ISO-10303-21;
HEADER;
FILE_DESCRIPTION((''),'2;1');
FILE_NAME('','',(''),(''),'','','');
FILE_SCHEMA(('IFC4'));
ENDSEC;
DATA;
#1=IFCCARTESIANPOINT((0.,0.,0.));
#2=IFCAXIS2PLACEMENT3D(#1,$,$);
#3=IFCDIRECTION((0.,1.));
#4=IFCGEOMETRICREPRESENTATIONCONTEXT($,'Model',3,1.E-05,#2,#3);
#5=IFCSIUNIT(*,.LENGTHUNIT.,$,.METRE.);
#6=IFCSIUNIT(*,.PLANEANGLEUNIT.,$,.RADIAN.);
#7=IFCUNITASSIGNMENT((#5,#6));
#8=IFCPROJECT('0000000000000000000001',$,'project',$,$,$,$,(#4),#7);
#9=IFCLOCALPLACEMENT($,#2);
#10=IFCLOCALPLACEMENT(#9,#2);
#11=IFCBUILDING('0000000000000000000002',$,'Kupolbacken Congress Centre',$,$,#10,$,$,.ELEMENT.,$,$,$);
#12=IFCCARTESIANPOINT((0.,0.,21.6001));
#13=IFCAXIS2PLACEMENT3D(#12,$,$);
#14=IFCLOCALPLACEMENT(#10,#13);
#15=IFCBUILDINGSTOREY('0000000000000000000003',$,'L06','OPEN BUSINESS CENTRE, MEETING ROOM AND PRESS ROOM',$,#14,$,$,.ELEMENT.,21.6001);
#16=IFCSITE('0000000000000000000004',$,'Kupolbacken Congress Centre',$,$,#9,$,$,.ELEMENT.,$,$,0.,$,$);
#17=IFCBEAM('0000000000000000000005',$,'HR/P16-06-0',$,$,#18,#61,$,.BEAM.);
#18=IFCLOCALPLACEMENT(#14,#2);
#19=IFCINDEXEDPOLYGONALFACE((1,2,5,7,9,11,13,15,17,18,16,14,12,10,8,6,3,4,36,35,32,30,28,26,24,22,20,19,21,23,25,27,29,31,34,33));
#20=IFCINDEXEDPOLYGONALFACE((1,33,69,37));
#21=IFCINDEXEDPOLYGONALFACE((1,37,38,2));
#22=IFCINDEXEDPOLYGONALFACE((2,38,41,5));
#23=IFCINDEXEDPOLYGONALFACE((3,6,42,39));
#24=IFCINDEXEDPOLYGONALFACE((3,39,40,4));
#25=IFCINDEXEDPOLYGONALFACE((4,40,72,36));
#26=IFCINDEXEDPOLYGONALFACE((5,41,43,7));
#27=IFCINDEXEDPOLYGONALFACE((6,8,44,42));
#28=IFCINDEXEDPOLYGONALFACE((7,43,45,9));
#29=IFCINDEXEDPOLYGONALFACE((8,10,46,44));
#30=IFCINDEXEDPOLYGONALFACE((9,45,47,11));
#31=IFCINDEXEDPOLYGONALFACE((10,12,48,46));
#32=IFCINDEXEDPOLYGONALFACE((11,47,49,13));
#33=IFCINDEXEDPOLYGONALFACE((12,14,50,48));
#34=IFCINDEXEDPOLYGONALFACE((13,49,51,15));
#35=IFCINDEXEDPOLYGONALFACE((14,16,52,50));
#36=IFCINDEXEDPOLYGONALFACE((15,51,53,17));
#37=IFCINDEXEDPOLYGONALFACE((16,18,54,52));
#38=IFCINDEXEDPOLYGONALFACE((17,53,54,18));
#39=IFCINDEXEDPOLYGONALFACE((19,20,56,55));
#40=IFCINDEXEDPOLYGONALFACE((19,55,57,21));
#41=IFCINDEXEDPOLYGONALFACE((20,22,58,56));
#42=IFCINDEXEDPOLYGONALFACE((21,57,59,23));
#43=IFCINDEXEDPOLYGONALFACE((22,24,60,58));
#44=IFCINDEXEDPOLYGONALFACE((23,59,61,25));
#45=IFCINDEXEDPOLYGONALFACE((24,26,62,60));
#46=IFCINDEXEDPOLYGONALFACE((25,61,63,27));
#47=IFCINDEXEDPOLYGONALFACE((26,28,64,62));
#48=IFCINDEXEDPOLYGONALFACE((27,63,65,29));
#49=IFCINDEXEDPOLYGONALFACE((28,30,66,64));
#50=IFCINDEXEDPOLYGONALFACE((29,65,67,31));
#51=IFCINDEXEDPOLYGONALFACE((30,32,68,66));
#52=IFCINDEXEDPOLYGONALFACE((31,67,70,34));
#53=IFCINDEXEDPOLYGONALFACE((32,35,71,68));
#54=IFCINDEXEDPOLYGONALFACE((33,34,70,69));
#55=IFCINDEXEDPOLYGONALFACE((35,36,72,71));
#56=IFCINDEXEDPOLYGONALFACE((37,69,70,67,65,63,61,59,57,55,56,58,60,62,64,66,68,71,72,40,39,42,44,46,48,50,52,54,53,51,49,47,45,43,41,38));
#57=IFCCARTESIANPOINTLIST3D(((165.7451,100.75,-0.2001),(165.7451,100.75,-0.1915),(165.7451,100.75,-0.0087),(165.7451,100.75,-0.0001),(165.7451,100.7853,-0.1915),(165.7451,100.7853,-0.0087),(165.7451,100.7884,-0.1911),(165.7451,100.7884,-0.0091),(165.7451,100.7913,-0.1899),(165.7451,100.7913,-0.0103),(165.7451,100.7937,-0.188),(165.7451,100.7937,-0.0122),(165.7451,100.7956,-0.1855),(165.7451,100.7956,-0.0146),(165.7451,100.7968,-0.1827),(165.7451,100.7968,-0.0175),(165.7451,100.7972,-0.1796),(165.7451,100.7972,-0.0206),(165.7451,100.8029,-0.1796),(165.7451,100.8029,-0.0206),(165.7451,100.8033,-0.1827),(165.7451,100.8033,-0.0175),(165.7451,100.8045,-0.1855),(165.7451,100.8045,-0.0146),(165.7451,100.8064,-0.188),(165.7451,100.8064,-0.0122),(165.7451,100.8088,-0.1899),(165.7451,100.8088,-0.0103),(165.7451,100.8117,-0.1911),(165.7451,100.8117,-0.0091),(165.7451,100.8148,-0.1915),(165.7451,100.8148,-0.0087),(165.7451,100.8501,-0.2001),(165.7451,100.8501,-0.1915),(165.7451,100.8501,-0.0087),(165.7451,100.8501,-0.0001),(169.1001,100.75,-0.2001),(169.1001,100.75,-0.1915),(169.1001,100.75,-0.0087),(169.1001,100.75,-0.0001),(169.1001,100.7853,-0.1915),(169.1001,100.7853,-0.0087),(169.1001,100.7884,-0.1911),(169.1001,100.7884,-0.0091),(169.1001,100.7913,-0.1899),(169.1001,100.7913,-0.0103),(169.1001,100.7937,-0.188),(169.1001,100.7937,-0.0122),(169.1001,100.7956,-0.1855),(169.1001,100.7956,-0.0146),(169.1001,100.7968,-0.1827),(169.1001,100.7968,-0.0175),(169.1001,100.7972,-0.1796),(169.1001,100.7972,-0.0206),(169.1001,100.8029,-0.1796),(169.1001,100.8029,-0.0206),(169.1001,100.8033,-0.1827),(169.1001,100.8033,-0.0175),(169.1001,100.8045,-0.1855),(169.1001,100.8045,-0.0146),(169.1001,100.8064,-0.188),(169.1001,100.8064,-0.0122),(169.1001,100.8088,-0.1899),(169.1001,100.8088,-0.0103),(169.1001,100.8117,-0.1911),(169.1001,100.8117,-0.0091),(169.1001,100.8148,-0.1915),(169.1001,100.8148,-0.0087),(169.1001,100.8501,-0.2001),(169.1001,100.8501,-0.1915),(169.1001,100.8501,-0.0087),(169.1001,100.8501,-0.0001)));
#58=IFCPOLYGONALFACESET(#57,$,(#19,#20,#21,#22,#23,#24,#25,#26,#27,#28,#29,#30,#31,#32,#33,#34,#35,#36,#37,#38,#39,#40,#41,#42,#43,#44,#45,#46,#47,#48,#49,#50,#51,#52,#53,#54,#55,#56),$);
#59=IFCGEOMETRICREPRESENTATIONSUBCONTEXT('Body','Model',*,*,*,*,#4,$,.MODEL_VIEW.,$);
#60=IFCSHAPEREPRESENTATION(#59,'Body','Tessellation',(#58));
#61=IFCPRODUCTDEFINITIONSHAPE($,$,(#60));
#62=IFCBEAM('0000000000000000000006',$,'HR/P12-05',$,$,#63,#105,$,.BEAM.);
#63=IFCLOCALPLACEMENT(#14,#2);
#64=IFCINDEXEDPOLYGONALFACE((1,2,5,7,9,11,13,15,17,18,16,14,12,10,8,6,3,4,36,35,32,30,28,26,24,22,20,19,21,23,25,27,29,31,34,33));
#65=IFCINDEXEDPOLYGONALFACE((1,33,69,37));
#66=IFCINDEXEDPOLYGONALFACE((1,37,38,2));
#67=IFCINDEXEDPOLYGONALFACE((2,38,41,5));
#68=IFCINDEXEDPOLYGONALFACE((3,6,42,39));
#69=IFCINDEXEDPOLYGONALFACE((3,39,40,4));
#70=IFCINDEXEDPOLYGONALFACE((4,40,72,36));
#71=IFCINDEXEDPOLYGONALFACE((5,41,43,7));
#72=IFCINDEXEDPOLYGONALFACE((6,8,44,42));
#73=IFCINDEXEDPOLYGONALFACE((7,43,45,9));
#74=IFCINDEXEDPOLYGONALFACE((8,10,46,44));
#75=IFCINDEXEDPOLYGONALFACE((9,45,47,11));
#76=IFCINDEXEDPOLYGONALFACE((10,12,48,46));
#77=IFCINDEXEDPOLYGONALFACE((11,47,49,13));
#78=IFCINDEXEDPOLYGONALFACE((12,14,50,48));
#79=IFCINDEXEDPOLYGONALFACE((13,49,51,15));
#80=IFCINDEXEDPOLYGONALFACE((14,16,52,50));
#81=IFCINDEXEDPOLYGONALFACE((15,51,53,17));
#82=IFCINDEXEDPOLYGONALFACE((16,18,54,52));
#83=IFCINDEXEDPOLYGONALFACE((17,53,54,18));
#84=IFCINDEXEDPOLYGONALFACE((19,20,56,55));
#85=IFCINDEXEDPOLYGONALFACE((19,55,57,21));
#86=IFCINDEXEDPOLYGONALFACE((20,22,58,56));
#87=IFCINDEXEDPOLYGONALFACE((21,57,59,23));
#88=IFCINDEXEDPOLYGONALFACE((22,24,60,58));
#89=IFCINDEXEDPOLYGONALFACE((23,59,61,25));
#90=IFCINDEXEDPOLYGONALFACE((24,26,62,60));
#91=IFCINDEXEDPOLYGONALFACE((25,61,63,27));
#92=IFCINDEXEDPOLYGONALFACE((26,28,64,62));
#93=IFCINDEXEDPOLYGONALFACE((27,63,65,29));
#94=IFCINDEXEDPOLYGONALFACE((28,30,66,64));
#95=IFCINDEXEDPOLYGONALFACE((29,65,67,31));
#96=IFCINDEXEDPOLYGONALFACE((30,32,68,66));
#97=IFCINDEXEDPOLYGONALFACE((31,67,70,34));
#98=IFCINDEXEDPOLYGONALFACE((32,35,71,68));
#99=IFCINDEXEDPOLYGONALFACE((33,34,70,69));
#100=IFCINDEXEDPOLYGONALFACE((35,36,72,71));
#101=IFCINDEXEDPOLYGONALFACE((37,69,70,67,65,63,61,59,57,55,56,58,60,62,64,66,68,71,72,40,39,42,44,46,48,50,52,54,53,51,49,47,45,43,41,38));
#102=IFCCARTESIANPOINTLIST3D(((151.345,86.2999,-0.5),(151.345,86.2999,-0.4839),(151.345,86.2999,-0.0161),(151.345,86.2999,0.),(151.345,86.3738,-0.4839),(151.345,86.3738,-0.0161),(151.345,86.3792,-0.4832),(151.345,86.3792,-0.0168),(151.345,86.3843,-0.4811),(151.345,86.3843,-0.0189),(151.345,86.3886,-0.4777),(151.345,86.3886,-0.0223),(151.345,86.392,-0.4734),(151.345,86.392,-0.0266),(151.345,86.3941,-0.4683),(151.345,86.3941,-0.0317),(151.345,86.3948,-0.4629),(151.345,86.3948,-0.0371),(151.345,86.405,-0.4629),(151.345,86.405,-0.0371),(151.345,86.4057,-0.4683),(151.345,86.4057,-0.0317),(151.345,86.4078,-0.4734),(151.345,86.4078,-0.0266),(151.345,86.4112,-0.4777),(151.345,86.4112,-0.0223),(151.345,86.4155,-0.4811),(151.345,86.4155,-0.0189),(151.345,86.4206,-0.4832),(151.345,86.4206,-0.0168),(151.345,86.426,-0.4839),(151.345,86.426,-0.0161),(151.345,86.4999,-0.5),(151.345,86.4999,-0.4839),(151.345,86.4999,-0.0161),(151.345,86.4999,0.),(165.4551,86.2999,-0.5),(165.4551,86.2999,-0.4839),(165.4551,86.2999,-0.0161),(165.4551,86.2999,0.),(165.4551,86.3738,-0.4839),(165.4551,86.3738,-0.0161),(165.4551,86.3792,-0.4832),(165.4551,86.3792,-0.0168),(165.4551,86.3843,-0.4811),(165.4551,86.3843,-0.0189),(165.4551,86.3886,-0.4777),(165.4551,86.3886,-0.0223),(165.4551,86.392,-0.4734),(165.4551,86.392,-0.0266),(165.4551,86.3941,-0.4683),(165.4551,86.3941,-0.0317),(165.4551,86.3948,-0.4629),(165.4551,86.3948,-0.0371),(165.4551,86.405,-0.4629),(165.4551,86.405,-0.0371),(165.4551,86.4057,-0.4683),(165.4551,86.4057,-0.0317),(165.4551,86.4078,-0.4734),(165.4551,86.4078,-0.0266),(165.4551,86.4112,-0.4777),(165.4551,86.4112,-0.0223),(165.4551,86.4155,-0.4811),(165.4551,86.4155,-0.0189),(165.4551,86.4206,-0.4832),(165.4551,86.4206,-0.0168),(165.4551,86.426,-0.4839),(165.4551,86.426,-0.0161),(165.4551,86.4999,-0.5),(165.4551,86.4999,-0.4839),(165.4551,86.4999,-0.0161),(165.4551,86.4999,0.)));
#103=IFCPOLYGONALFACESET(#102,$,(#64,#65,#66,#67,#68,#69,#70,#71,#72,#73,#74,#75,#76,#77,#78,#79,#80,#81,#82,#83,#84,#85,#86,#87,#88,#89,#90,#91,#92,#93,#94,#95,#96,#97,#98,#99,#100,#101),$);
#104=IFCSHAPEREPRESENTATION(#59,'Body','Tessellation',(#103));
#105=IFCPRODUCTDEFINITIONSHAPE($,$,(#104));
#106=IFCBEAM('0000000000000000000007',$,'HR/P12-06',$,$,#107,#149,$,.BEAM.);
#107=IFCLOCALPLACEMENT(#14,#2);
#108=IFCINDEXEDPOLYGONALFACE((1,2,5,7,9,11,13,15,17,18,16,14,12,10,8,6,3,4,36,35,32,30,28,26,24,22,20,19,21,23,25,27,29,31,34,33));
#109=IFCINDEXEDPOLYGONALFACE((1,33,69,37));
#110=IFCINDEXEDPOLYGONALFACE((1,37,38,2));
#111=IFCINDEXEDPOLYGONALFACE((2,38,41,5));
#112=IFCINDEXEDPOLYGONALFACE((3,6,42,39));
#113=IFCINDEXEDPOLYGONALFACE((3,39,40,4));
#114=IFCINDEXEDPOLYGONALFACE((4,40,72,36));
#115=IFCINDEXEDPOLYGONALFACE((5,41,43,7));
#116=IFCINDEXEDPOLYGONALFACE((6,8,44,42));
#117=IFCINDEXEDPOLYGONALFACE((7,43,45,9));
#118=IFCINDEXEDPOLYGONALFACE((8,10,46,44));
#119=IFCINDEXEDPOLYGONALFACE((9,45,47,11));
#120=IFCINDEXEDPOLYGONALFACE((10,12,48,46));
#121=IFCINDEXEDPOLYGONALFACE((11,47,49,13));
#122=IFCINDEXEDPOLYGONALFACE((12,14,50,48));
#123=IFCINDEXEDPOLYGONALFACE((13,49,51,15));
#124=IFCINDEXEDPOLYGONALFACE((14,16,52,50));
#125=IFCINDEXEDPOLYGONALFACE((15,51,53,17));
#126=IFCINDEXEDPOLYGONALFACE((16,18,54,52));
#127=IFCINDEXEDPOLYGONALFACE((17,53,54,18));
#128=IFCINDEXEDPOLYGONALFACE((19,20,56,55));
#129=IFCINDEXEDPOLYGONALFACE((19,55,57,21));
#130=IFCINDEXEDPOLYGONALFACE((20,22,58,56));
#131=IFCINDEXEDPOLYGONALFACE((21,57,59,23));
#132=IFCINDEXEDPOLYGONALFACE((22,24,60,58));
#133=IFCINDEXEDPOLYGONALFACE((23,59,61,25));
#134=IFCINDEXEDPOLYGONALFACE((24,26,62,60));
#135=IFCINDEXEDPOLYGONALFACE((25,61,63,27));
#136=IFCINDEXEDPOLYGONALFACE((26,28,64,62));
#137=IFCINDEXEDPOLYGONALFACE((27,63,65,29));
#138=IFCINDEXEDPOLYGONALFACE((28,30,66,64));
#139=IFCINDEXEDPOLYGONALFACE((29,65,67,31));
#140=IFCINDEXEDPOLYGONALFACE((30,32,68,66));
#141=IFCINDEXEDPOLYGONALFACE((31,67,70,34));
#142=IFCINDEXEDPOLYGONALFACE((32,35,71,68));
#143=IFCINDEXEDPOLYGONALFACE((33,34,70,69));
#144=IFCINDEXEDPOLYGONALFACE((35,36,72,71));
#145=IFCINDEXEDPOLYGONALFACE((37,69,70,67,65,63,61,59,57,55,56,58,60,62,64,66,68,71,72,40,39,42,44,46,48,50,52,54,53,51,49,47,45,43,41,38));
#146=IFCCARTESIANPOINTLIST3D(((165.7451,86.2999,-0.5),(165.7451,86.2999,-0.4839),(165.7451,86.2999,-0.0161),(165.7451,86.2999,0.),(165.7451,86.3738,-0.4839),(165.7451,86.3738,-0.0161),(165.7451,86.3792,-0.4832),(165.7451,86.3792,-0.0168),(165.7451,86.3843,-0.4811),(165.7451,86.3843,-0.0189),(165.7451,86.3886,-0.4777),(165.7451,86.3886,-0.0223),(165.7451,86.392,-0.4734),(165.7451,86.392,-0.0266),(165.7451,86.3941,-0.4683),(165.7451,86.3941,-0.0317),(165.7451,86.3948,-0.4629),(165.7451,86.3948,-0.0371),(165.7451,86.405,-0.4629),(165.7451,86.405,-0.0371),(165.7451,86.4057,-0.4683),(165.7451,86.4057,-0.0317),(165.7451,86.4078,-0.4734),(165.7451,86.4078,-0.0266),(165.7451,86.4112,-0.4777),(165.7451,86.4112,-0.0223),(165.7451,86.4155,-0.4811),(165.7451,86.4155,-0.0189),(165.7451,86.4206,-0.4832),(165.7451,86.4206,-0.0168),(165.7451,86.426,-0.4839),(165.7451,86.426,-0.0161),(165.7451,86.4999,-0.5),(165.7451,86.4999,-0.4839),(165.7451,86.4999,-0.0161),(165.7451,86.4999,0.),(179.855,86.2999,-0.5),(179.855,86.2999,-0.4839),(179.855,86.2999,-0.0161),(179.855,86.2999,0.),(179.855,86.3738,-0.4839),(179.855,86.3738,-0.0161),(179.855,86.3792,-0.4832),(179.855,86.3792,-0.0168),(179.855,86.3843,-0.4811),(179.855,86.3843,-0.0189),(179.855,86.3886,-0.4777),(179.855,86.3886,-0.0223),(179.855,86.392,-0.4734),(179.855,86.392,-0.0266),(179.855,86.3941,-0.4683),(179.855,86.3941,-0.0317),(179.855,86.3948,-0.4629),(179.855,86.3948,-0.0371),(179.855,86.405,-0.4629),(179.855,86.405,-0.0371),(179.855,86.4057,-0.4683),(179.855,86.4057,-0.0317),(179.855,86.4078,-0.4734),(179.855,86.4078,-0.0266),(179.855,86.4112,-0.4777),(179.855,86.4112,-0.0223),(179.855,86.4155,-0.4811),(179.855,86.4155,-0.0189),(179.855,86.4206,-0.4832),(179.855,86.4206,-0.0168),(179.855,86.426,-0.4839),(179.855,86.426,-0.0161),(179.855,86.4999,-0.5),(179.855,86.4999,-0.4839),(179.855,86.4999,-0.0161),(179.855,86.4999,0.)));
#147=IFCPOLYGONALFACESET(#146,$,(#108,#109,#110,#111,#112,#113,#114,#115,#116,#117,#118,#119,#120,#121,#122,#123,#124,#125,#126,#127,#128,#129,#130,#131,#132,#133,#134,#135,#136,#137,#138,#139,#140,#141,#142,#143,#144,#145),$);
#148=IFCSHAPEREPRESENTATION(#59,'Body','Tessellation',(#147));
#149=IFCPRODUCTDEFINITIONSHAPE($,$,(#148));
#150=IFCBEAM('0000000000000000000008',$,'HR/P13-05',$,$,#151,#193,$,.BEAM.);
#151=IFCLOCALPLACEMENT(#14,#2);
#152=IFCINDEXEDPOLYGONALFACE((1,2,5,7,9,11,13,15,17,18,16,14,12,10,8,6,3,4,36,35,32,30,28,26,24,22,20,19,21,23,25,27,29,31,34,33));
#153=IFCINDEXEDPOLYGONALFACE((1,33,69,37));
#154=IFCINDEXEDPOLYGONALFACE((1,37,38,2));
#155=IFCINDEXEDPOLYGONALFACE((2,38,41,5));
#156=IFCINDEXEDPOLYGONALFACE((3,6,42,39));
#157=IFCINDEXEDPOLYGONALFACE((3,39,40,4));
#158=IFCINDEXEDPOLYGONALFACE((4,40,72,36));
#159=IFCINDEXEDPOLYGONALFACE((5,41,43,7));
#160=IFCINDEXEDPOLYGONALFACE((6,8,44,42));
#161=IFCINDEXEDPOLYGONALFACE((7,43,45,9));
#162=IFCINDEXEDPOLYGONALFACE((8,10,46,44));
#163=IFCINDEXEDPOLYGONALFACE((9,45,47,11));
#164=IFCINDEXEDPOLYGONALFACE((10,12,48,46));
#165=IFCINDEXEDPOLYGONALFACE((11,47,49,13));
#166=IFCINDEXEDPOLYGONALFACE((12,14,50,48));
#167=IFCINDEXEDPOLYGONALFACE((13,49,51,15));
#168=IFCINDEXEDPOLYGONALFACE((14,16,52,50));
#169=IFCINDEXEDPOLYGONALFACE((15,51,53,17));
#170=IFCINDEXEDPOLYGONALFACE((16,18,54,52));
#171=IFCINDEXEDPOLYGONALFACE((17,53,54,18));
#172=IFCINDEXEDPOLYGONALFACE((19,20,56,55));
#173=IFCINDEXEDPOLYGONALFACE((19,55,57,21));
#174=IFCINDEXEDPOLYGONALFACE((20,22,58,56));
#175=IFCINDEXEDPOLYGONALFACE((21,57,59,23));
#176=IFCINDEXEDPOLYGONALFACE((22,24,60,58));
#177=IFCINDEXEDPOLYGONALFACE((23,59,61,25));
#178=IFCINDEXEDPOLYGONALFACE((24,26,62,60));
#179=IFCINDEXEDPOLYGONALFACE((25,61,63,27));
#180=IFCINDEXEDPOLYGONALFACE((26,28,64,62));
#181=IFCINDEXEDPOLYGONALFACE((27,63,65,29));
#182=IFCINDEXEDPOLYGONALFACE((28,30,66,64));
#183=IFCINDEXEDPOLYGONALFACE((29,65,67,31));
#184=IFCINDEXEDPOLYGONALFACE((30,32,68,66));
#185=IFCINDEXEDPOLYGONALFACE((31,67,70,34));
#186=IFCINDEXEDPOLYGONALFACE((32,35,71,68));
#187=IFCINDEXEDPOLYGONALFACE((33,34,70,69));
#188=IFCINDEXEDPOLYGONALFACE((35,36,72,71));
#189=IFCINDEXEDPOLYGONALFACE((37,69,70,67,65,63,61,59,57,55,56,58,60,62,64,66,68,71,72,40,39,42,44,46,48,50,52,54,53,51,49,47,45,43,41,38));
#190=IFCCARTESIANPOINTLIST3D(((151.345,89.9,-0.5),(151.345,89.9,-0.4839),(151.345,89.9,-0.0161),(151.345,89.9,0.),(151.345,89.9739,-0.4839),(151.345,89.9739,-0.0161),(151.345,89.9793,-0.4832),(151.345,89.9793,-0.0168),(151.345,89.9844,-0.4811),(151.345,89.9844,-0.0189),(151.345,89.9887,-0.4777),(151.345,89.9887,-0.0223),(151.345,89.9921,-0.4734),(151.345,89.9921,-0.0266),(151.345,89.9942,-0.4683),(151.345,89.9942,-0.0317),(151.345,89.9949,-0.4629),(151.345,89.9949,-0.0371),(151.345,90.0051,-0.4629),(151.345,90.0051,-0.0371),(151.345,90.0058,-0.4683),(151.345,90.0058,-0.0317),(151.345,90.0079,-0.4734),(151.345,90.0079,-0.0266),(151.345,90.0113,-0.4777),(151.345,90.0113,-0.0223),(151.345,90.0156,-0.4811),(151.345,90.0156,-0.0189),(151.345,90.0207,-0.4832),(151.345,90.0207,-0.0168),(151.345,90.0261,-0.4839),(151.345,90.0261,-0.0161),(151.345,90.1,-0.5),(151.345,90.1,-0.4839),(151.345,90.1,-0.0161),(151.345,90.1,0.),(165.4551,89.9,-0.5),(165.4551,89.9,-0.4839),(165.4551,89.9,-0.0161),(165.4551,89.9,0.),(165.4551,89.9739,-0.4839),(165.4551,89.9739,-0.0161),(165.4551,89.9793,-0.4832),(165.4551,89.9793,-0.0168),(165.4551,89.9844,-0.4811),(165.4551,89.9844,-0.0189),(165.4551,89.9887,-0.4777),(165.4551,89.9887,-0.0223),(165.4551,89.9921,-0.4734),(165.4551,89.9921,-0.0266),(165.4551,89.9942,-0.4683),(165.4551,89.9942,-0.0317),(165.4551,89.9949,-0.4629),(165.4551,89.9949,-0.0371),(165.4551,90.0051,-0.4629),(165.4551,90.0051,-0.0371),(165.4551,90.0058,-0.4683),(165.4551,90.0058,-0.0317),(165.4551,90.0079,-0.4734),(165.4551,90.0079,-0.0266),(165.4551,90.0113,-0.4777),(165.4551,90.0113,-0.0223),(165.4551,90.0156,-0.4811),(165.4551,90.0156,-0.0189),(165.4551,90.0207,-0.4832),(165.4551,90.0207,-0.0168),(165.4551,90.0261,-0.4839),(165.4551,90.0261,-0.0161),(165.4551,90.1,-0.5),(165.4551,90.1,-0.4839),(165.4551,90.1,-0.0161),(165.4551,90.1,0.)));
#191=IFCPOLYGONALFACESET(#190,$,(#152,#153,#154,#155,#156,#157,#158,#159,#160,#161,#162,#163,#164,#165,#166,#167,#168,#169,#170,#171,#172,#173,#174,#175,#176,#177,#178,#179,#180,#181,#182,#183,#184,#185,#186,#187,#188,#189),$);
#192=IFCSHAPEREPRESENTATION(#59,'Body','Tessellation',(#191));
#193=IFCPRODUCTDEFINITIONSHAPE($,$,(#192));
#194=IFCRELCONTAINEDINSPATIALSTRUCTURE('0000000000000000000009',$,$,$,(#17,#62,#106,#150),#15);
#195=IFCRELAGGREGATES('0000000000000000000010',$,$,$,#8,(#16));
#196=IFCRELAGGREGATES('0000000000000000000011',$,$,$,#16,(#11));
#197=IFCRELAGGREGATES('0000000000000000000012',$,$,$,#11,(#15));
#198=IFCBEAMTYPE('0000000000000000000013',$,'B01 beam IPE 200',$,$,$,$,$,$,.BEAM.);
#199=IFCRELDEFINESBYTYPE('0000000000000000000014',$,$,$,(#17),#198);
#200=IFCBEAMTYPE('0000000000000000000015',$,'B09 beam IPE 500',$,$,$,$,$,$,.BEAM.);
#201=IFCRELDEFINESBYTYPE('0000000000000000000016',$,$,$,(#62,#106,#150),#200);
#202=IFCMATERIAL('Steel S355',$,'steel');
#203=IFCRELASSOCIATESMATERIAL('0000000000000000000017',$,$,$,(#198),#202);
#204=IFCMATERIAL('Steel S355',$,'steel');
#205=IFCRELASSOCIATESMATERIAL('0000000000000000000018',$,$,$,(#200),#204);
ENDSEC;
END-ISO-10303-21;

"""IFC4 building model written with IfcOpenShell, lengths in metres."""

from ifc_helpers import new_model, si_unit, direction, frame, origin, origin_2d, place, context, subcontext, project, spatial, i_section, extrude, material, material_profile, profile_set, type_object, element, save


model = new_model("IFC4")

# Units and contexts
model_context = context("Model", 3, precision=1e-05, world=origin(), true_north=direction((0.0, 1.0)))
body_context = subcontext(model_context, "Body", "Model", "MODEL_VIEW")
ifc_project = project(units=[si_unit("LENGTHUNIT", "METRE"), si_unit("PLANEANGLEUNIT", "RADIAN")], contexts=[model_context])

# Site, building, storey
site_placement = place(None, origin())
site = spatial("IfcSite", under=ifc_project, at=site_placement, Name="Kupolbacken Congress Centre", CompositionType="ELEMENT", RefElevation=0.0)
building_placement = place(site_placement, origin())
building = spatial("IfcBuilding", under=site, at=building_placement, Name="Kupolbacken Congress Centre", CompositionType="ELEMENT")
storey_placement = place(building_placement, frame((0.0, 0.0, 21.6001)))
storey = spatial("IfcBuildingStorey", under=building, at=storey_placement, Name="L06", Description="OPEN BUSINESS CENTRE, MEETING ROOM AND PRESS ROOM", CompositionType="ELEMENT", Elevation=21.6001)

# Beams
ifc_material_1 = material(Name="Steel S355", Category="steel")
ifc_material_profile_1 = material_profile(ifc_material_1, i_section(OverallWidth=0.1001, OverallDepth=0.2, WebThickness=0.0056, FlangeThickness=0.0085, FilletRadius=0.012, at=origin_2d()), Name="IPE 200")
ifc_profile_set_1 = profile_set([ifc_material_profile_1], Name="Steel S355")
beam_type_1 = type_object("IfcBeamType", Name="B01 beam IPE 200", PredefinedType="BEAM", material=ifc_profile_set_1)
beam_1_placement = place(storey_placement, frame((165.7451, 100.8, -0.1001), z_axis=(1.0, 0.0, 0.0), x_axis=(0.0, 1.0, 0.0)))
element("IfcBeam", 1, at=beam_1_placement, inside=storey, type_object=beam_type_1, Name="HR/P16-06-0", PredefinedType="BEAM", context=body_context, shape_type="SweptSolid", body=[
    extrude(i_section(OverallWidth=0.1001, OverallDepth=0.2, WebThickness=0.0056, FlangeThickness=0.0085, FilletRadius=0.012, at=origin_2d()), origin(), (0.0, 0.0, 1.0), 3.355),
])
ifc_material_2 = material(Name="Steel S355", Category="steel")
ifc_material_profile_2 = material_profile(ifc_material_2, i_section(OverallWidth=0.2, OverallDepth=0.5, WebThickness=0.0103, FlangeThickness=0.0161, FilletRadius=0.021, at=origin_2d()), Name="IPE 500")
ifc_profile_set_2 = profile_set([ifc_material_profile_2], Name="Steel S355")
beam_type_2 = type_object("IfcBeamType", Name="B09 beam IPE 500", PredefinedType="BEAM", material=ifc_profile_set_2)
beam_2_placement = place(storey_placement, frame((151.345, 86.3999, -0.25), z_axis=(1.0, 0.0, 0.0), x_axis=(0.0, 1.0, 0.0)))
element("IfcBeam", 2, at=beam_2_placement, inside=storey, type_object=beam_type_2, Name="HR/P12-05", PredefinedType="BEAM", context=body_context, shape_type="SweptSolid", body=[
    extrude(i_section(OverallWidth=0.2, OverallDepth=0.5, WebThickness=0.0103, FlangeThickness=0.0161, FilletRadius=0.021, at=origin_2d()), origin(), (0.0, 0.0, 1.0), 14.1101),
])
beam_3_placement = place(storey_placement, frame((165.7451, 86.3999, -0.25), z_axis=(1.0, 0.0, 0.0), x_axis=(0.0, 1.0, 0.0)))
element("IfcBeam", 3, at=beam_3_placement, inside=storey, type_object=beam_type_2, Name="HR/P12-06", PredefinedType="BEAM", context=body_context, shape_type="SweptSolid", body=[
    extrude(i_section(OverallWidth=0.2, OverallDepth=0.5, WebThickness=0.0103, FlangeThickness=0.0161, FilletRadius=0.021, at=origin_2d()), origin(), (0.0, 0.0, 1.0), 14.1099),
])
beam_4_placement = place(storey_placement, frame((151.345, 90.0, -0.25), z_axis=(1.0, 0.0, 0.0), x_axis=(0.0, 1.0, 0.0)))
element("IfcBeam", 4, at=beam_4_placement, inside=storey, type_object=beam_type_2, Name="HR/P13-05", PredefinedType="BEAM", context=body_context, shape_type="SweptSolid", body=[
    extrude(i_section(OverallWidth=0.2, OverallDepth=0.5, WebThickness=0.0103, FlangeThickness=0.0161, FilletRadius=0.021, at=origin_2d()), origin(), (0.0, 0.0, 1.0), 14.1101),
])

save(model, "model.ifc")
